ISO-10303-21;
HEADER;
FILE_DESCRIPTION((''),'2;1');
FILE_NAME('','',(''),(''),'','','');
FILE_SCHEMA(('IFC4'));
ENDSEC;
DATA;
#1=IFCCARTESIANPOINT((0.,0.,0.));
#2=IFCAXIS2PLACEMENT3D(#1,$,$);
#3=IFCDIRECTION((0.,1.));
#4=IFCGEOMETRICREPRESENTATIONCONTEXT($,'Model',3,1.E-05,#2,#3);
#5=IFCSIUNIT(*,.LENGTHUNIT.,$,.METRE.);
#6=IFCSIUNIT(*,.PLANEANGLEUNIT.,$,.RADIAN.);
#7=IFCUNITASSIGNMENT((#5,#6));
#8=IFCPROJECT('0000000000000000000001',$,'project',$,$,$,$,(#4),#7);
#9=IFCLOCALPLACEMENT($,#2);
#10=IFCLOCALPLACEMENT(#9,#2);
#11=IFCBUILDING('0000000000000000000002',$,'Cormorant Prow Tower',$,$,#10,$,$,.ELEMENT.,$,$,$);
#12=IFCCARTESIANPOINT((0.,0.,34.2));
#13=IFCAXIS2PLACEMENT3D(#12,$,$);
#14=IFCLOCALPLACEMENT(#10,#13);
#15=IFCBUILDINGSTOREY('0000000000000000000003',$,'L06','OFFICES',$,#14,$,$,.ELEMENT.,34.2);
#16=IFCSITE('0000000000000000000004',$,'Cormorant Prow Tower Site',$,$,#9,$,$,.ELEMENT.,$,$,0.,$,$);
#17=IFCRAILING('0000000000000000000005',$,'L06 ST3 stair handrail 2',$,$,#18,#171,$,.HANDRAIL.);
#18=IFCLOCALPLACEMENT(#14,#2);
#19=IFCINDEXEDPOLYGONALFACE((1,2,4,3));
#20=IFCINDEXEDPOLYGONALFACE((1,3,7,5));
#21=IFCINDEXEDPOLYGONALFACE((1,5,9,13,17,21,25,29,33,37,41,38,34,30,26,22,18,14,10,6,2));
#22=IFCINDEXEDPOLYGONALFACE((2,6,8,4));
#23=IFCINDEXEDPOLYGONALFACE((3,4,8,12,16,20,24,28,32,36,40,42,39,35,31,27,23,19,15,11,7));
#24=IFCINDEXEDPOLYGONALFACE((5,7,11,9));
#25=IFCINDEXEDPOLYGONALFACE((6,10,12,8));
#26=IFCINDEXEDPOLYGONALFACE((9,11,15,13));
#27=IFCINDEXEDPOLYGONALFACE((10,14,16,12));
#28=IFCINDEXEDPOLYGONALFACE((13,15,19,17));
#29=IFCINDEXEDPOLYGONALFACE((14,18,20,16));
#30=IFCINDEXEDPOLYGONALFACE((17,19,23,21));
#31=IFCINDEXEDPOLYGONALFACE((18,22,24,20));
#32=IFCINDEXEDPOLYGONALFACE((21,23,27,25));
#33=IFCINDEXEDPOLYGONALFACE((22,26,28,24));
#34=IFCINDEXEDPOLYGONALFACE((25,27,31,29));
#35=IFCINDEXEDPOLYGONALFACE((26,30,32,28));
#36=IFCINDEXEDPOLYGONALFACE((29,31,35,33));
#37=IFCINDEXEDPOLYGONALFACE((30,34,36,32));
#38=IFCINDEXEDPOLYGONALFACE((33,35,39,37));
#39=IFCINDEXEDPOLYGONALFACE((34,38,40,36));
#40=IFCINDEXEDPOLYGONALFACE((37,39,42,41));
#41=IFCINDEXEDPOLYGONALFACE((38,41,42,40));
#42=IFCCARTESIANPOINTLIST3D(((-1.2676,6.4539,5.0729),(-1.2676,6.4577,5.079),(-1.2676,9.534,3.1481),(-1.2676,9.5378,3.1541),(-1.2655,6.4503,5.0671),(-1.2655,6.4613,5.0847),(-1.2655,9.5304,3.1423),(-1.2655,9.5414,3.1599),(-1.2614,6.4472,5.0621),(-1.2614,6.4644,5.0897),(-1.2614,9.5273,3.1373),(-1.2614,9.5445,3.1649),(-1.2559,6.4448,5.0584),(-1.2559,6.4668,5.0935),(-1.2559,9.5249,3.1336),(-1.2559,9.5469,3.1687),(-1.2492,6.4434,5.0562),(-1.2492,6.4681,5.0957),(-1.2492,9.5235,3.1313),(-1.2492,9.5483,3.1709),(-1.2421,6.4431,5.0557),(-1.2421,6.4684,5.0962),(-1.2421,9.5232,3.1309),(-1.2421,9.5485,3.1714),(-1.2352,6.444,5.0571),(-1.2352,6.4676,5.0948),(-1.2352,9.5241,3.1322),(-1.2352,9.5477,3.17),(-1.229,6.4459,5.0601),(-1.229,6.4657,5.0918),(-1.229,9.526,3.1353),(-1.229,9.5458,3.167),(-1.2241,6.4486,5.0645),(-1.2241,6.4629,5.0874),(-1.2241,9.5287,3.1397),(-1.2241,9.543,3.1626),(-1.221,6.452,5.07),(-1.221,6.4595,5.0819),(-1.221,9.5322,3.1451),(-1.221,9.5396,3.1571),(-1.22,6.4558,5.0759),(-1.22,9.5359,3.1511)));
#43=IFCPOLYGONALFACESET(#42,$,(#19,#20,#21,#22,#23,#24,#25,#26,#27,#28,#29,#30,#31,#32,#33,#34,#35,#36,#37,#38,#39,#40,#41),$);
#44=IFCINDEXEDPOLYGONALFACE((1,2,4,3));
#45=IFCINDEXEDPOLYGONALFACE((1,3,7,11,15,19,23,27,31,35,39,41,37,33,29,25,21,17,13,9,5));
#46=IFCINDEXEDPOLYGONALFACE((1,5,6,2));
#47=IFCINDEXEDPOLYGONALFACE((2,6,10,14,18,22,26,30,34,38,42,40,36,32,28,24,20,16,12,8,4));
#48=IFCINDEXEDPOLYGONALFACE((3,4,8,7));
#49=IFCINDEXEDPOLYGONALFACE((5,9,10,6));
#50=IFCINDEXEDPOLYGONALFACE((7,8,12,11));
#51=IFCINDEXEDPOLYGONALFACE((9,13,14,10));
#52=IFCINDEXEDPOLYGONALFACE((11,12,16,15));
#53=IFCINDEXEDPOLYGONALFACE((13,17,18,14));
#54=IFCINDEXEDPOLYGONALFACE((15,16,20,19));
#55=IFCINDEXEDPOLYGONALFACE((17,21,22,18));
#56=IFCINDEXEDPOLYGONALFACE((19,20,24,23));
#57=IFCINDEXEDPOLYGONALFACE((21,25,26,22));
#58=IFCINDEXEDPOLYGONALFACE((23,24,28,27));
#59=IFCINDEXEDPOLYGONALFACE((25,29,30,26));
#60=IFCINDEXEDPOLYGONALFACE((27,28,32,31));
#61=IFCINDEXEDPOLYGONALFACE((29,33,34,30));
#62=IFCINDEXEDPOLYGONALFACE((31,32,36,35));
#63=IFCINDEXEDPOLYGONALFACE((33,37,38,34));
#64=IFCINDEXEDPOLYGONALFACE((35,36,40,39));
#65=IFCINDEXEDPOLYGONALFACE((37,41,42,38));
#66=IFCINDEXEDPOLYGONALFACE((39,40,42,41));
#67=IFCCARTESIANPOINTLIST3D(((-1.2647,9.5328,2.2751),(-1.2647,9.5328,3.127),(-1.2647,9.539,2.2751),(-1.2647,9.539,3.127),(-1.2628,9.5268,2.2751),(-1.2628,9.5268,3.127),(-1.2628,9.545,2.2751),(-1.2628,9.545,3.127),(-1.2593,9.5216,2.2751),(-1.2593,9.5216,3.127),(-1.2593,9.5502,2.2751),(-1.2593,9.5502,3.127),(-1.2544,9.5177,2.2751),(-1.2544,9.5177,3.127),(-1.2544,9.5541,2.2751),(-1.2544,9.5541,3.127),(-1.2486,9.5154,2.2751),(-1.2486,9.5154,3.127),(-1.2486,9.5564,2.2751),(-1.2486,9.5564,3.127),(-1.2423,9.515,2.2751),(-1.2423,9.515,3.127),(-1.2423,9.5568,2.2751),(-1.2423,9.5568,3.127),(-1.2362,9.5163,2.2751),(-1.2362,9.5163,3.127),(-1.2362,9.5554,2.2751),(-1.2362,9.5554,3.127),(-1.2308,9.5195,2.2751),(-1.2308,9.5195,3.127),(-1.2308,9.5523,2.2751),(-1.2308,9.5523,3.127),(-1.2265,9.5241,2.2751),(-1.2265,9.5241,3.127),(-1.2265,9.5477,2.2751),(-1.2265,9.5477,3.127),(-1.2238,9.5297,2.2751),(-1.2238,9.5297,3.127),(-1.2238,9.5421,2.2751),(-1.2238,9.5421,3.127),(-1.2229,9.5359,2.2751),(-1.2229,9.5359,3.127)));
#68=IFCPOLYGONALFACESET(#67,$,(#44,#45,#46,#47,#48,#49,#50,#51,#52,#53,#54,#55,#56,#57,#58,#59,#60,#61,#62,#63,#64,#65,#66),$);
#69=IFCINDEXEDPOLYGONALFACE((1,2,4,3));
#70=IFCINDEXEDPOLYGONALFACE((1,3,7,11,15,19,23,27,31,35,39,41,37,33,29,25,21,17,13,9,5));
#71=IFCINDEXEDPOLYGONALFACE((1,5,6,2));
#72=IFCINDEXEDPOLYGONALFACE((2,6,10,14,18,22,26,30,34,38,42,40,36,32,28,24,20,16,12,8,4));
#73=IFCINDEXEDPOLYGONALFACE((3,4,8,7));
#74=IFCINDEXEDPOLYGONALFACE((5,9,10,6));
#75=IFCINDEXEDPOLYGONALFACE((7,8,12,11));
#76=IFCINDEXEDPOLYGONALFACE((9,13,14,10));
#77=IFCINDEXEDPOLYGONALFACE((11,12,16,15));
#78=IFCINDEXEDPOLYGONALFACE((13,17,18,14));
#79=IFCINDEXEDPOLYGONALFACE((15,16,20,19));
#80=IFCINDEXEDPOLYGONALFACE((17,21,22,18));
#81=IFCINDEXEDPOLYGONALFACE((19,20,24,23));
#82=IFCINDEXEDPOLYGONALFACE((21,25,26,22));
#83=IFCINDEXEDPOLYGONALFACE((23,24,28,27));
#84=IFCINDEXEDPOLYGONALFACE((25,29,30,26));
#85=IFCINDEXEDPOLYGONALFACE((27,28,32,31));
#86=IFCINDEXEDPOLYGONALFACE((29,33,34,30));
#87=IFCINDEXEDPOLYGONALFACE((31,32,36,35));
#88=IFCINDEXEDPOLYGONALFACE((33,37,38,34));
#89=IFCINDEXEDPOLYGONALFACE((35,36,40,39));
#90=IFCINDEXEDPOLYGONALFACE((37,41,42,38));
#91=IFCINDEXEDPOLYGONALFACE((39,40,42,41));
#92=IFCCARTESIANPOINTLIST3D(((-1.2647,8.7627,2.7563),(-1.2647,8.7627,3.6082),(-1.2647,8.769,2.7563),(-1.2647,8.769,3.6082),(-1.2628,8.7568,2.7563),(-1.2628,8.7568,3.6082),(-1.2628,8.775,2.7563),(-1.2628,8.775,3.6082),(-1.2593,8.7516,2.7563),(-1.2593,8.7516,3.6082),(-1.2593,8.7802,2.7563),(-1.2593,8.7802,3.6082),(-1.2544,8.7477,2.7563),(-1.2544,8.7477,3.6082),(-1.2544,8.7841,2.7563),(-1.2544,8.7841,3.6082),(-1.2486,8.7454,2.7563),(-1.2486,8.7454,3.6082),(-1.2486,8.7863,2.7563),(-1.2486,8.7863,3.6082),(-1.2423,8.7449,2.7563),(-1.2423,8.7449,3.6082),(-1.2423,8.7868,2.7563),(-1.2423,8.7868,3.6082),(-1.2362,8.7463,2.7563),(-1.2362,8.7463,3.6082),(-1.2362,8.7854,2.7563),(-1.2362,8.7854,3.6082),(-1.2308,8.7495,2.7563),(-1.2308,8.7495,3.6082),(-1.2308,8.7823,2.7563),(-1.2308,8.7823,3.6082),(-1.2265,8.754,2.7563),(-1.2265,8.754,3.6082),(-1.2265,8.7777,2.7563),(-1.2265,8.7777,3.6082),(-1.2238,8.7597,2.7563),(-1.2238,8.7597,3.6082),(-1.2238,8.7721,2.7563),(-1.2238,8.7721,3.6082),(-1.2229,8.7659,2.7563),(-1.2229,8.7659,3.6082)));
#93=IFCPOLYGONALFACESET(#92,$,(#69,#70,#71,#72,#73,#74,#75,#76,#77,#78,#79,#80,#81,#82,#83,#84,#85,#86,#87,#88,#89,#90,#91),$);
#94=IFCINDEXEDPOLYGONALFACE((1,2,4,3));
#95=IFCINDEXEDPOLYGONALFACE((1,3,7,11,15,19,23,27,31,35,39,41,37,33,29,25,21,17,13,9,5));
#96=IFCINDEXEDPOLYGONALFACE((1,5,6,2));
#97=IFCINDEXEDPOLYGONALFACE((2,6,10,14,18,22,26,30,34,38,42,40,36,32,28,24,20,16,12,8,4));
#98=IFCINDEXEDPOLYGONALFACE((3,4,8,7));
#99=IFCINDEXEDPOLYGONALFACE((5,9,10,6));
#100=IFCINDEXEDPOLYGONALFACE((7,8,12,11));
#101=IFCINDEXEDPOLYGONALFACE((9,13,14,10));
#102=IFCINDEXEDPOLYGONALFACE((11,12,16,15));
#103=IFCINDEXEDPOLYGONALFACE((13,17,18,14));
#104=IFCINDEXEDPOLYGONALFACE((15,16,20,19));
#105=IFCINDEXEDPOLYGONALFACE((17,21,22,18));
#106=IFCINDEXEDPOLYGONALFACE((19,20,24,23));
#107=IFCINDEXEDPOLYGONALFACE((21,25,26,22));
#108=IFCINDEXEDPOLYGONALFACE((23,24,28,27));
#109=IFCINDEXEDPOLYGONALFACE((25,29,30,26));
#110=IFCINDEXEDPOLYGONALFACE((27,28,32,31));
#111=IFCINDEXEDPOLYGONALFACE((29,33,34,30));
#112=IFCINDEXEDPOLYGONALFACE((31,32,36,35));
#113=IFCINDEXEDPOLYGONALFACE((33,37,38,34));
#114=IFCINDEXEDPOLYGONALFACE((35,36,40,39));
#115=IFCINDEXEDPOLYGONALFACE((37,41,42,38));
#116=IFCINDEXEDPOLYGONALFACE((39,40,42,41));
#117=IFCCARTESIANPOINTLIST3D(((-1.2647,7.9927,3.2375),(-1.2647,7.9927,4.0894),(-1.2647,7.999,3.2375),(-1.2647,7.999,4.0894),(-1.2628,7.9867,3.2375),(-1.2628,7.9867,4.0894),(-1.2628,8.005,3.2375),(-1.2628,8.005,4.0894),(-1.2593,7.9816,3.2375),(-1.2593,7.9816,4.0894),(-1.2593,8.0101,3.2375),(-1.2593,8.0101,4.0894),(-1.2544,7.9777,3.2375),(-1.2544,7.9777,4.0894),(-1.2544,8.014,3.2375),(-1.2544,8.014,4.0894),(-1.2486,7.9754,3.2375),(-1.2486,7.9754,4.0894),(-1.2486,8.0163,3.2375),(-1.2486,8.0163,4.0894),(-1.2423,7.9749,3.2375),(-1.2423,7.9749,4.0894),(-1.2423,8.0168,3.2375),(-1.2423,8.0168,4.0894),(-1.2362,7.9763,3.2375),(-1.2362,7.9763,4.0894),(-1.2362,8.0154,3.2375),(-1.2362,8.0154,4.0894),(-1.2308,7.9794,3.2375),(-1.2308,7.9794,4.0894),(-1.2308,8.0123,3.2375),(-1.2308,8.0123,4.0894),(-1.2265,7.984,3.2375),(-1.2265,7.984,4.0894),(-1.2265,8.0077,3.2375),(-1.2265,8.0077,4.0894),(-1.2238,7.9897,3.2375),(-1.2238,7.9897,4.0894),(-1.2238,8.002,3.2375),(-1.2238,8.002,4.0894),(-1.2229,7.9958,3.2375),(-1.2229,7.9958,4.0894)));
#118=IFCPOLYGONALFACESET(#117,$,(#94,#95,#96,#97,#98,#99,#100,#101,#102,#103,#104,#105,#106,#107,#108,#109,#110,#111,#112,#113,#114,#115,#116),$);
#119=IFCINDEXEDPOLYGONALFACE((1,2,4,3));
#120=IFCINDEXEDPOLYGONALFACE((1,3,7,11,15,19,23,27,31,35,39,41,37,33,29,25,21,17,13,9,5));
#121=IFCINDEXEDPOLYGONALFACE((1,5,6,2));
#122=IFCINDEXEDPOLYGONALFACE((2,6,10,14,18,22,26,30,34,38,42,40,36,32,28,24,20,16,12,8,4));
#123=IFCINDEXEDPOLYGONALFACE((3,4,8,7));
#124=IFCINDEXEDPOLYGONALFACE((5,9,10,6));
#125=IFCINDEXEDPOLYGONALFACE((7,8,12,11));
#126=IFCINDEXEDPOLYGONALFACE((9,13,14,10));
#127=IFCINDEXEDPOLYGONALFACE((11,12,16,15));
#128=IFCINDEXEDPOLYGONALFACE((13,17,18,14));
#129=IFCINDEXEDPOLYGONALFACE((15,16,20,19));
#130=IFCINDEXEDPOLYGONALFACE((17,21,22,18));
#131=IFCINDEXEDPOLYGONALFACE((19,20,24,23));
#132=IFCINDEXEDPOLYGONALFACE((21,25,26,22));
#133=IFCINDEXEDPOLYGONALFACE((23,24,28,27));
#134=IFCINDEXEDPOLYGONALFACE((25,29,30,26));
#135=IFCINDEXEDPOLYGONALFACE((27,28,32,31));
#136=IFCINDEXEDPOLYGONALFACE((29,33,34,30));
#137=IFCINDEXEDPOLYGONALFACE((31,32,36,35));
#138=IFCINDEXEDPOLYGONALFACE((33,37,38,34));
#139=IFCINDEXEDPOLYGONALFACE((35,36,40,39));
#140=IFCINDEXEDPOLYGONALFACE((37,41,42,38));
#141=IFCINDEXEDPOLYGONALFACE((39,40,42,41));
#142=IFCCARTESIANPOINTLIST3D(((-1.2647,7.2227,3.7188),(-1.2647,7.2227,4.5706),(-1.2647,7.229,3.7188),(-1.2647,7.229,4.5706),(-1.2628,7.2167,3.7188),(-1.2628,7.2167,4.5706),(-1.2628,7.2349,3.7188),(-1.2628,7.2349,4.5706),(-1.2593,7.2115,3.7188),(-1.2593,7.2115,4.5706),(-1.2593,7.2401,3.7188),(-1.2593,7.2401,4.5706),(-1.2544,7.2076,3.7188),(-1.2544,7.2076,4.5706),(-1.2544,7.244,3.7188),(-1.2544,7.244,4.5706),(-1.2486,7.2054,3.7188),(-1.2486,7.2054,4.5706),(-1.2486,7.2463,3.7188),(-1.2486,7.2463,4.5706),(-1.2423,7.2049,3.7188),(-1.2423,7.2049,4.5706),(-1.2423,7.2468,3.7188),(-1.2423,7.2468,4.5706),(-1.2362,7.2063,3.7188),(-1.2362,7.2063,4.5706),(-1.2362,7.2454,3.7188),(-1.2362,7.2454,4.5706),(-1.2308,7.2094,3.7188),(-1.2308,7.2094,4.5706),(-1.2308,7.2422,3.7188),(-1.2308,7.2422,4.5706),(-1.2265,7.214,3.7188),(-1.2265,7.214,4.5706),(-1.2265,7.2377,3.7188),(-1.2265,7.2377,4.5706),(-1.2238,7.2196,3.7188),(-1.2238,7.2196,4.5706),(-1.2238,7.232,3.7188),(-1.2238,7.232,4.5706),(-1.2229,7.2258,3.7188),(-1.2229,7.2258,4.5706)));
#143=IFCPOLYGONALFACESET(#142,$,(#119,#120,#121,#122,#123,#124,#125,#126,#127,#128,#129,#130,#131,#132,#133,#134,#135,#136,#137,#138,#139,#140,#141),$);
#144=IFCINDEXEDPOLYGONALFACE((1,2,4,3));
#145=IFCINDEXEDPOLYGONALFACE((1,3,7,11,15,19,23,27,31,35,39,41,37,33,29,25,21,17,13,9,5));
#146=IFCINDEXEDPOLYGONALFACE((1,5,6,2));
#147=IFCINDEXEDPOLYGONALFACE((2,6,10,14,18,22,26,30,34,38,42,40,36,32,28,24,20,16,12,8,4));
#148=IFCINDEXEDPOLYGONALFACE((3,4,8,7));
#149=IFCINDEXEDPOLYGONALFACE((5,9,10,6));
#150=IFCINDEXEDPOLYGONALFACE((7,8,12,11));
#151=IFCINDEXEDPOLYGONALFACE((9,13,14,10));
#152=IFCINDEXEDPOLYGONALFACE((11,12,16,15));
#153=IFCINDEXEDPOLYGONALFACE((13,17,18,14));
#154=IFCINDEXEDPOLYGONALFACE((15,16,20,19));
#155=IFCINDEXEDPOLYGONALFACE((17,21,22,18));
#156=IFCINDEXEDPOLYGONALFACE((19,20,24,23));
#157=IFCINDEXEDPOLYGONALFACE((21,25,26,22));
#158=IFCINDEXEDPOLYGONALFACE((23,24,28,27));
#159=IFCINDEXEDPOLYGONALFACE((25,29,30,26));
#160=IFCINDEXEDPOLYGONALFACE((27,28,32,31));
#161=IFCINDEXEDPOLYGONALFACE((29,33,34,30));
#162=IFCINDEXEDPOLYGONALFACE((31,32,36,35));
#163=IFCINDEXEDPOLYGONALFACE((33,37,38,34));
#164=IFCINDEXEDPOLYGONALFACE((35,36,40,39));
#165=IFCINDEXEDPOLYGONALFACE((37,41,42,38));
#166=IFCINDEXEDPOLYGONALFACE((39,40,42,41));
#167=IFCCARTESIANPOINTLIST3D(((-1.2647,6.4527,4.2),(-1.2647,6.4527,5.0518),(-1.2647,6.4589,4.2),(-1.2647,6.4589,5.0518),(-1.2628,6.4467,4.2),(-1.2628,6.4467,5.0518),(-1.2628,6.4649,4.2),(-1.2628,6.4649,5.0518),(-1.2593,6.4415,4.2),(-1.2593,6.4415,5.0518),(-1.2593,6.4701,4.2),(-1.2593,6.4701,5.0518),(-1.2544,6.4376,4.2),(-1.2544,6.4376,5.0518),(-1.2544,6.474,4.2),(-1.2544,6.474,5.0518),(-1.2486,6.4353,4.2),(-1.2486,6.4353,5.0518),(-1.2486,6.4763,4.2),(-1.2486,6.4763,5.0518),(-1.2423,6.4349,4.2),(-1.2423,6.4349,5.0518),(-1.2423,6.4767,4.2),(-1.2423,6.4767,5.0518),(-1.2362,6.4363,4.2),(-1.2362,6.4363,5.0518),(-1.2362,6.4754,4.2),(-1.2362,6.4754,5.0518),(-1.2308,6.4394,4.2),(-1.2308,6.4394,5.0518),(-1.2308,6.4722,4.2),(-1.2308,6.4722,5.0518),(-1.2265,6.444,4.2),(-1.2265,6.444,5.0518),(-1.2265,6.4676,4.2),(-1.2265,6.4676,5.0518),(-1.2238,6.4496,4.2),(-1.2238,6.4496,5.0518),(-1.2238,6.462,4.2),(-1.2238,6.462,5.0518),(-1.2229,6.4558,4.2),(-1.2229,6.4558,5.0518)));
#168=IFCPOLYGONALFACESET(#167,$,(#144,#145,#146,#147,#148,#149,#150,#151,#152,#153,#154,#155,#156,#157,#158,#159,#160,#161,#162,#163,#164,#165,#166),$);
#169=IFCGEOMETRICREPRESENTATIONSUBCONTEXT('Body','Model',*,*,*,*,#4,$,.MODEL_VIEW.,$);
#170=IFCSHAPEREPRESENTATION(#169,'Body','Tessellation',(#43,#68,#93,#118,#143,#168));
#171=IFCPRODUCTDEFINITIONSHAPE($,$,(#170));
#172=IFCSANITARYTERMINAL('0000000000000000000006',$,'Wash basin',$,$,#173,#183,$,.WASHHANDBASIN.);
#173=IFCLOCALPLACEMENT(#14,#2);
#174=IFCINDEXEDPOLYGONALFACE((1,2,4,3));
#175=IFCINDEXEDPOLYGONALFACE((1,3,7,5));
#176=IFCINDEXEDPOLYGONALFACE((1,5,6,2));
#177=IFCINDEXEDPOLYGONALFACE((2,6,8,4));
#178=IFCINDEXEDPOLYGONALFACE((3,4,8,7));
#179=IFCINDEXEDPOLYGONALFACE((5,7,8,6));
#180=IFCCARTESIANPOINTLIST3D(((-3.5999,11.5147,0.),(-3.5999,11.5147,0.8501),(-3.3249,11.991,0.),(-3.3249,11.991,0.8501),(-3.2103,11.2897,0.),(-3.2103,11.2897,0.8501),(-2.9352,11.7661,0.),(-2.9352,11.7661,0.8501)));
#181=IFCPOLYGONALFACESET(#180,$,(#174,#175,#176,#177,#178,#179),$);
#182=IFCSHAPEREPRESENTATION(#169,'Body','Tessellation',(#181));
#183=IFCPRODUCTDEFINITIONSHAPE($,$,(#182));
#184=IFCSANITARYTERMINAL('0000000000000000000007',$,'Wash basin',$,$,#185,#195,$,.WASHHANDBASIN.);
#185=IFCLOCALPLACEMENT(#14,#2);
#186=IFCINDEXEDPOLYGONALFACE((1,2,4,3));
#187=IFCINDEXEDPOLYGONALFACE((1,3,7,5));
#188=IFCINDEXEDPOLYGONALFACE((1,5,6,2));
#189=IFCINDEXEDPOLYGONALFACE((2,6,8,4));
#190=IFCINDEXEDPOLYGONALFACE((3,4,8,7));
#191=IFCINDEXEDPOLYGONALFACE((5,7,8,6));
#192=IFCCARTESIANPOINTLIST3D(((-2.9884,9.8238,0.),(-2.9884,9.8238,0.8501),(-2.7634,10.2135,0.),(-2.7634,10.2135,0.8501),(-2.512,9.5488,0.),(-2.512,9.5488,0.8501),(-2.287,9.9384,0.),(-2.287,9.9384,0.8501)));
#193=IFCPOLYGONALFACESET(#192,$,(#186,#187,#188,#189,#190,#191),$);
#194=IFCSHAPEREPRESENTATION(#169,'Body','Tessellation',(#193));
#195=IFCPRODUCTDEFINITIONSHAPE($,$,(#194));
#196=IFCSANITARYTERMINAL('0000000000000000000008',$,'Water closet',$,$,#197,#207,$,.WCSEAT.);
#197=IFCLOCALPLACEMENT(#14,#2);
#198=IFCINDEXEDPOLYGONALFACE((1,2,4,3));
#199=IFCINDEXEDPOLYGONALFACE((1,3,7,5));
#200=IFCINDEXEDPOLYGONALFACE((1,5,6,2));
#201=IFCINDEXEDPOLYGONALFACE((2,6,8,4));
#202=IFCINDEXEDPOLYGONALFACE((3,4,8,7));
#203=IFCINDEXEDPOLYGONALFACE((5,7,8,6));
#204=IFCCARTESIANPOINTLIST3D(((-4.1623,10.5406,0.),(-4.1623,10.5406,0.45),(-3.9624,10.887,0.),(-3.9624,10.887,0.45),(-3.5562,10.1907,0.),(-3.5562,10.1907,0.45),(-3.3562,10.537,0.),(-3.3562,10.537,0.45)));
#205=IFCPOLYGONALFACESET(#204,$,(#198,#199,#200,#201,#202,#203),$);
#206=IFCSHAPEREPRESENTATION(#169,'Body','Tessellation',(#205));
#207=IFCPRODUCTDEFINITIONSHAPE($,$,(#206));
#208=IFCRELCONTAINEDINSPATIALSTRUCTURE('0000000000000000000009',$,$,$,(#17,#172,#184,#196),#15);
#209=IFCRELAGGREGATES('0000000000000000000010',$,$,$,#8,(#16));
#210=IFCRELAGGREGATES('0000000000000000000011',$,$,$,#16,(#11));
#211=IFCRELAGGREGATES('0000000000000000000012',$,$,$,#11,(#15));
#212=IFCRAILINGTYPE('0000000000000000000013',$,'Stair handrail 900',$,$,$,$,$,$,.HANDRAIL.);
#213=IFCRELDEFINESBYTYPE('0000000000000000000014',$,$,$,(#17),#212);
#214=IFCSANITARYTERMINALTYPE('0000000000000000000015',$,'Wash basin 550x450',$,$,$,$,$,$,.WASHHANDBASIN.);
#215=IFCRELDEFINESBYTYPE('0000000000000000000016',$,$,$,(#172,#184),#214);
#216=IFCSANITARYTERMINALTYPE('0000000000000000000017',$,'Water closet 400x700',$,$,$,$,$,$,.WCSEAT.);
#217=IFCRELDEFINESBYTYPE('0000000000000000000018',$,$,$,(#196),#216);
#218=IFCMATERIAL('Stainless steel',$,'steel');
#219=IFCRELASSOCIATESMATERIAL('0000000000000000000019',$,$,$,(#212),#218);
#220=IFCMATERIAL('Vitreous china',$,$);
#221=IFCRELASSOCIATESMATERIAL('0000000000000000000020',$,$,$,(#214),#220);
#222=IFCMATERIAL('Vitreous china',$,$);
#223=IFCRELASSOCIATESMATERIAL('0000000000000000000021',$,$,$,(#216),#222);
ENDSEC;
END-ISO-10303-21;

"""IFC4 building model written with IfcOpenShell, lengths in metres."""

from ifc_helpers import new_model, si_unit, direction, frame, origin, origin_2d, place, context, subcontext, project, spatial, rectangle, circle, extrude, material, type_object, element, save


model = new_model("IFC4")

# Units and contexts
model_context = context("Model", 3, precision=1e-05, world=origin(), true_north=direction((0.0, 1.0)))
body_context = subcontext(model_context, "Body", "Model", "MODEL_VIEW")
ifc_project = project(units=[si_unit("LENGTHUNIT", "METRE"), si_unit("PLANEANGLEUNIT", "RADIAN")], contexts=[model_context])

# Site, building, storey
site_placement = place(None, origin())
site = spatial("IfcSite", under=ifc_project, at=site_placement, Name="Cormorant Prow Tower Site", CompositionType="ELEMENT", RefElevation=0.0)
building_placement = place(site_placement, origin())
building = spatial("IfcBuilding", under=site, at=building_placement, Name="Cormorant Prow Tower", CompositionType="ELEMENT")
storey_placement = place(building_placement, frame((0.0, 0.0, 34.2)))
storey = spatial("IfcBuildingStorey", under=building, at=storey_placement, Name="L06", Description="OFFICES", CompositionType="ELEMENT", Elevation=34.2)

# Railing
ifc_material_1 = material(Name="Stainless steel", Category="steel")
railing_type = type_object("IfcRailingType", Name="Stair handrail 900", PredefinedType="HANDRAIL", material=ifc_material_1)
railing_placement = place(storey_placement, frame((-1.2439, 9.5359, 2.2751)))
element("IfcRailing", 1, at=railing_placement, inside=storey, type_object=railing_type, Name="L06 ST3 stair handrail 2", PredefinedType="HANDRAIL", context=body_context, shape_type="SweptSolid", body=[
    extrude(circle(Radius=0.0239, at=origin_2d()), frame((0.0, 0.0, 0.876), z_axis=(0.0, -0.848029, 0.529951), x_axis=(1.0, 0.0, 0.0)), (0.0, 0.0, 1.0), 3.6321),
    extrude(circle(Radius=0.021, at=origin_2d()), origin(), (0.0, 0.0, 1.0), 0.8518),
    extrude(circle(Radius=0.021, at=origin_2d()), frame((0.0, -0.77, 0.4812)), (0.0, 0.0, 1.0), 0.8518),
    extrude(circle(Radius=0.021, at=origin_2d()), frame((0.0, -1.54, 0.9624)), (0.0, 0.0, 1.0), 0.8518),
    extrude(circle(Radius=0.021, at=origin_2d()), frame((0.0, -2.3101, 1.4436)), (0.0, 0.0, 1.0), 0.8518),
    extrude(circle(Radius=0.021, at=origin_2d()), frame((0.0, -3.0801, 1.9248)), (0.0, 0.0, 1.0), 0.8518),
])

# Sanitary terminals
ifc_material_2 = material(Name="Vitreous china")
sanitary_terminal_type_1 = type_object("IfcSanitaryTerminalType", Name="Wash basin 550x450", PredefinedType="WASHHANDBASIN", material=ifc_material_2)
for number, where, z_axis, x_axis, name in (
    (2, (-3.2676, 11.6404, 0.0), (0.0, 0.0, 1.0), (-0.5, -0.866025, 0.0), "Wash basin"),
    (3, (-2.6377, 9.8811, 0.0), (0.0, 0.0, 1.0), (0.866017, -0.500015, 0.0), "Wash basin"),
):
    element("IfcSanitaryTerminal", number, at=place(storey_placement, frame(where, z_axis=z_axis, x_axis=x_axis)), inside=storey, type_object=sanitary_terminal_type_1, Name=name, PredefinedType="WASHHANDBASIN", context=body_context, shape_type="SweptSolid", body=[
        extrude(rectangle(XDim=0.55, YDim=0.45, at=origin_2d()), origin(), (0.0, 0.0, 1.0), 0.8501),
    ])
ifc_material_3 = material(Name="Vitreous china")
sanitary_terminal_type_2 = type_object("IfcSanitaryTerminalType", Name="Water closet 400x700", PredefinedType="WCSEAT", material=ifc_material_3)
for number, where, z_axis, x_axis, name in (
    (4, (-3.7593, 10.5388, 0.0), (0.0, 0.0, 1.0), (-0.5, -0.866025, 0.0), "Water closet"),
):
    element("IfcSanitaryTerminal", number, at=place(storey_placement, frame(where, z_axis=z_axis, x_axis=x_axis)), inside=storey, type_object=sanitary_terminal_type_2, Name=name, PredefinedType="WCSEAT", context=body_context, shape_type="SweptSolid", body=[
        extrude(rectangle(XDim=0.3999, YDim=0.7, at=origin_2d()), origin(), (0.0, 0.0, 1.0), 0.45),
    ])

save(model, "model.ifc")
